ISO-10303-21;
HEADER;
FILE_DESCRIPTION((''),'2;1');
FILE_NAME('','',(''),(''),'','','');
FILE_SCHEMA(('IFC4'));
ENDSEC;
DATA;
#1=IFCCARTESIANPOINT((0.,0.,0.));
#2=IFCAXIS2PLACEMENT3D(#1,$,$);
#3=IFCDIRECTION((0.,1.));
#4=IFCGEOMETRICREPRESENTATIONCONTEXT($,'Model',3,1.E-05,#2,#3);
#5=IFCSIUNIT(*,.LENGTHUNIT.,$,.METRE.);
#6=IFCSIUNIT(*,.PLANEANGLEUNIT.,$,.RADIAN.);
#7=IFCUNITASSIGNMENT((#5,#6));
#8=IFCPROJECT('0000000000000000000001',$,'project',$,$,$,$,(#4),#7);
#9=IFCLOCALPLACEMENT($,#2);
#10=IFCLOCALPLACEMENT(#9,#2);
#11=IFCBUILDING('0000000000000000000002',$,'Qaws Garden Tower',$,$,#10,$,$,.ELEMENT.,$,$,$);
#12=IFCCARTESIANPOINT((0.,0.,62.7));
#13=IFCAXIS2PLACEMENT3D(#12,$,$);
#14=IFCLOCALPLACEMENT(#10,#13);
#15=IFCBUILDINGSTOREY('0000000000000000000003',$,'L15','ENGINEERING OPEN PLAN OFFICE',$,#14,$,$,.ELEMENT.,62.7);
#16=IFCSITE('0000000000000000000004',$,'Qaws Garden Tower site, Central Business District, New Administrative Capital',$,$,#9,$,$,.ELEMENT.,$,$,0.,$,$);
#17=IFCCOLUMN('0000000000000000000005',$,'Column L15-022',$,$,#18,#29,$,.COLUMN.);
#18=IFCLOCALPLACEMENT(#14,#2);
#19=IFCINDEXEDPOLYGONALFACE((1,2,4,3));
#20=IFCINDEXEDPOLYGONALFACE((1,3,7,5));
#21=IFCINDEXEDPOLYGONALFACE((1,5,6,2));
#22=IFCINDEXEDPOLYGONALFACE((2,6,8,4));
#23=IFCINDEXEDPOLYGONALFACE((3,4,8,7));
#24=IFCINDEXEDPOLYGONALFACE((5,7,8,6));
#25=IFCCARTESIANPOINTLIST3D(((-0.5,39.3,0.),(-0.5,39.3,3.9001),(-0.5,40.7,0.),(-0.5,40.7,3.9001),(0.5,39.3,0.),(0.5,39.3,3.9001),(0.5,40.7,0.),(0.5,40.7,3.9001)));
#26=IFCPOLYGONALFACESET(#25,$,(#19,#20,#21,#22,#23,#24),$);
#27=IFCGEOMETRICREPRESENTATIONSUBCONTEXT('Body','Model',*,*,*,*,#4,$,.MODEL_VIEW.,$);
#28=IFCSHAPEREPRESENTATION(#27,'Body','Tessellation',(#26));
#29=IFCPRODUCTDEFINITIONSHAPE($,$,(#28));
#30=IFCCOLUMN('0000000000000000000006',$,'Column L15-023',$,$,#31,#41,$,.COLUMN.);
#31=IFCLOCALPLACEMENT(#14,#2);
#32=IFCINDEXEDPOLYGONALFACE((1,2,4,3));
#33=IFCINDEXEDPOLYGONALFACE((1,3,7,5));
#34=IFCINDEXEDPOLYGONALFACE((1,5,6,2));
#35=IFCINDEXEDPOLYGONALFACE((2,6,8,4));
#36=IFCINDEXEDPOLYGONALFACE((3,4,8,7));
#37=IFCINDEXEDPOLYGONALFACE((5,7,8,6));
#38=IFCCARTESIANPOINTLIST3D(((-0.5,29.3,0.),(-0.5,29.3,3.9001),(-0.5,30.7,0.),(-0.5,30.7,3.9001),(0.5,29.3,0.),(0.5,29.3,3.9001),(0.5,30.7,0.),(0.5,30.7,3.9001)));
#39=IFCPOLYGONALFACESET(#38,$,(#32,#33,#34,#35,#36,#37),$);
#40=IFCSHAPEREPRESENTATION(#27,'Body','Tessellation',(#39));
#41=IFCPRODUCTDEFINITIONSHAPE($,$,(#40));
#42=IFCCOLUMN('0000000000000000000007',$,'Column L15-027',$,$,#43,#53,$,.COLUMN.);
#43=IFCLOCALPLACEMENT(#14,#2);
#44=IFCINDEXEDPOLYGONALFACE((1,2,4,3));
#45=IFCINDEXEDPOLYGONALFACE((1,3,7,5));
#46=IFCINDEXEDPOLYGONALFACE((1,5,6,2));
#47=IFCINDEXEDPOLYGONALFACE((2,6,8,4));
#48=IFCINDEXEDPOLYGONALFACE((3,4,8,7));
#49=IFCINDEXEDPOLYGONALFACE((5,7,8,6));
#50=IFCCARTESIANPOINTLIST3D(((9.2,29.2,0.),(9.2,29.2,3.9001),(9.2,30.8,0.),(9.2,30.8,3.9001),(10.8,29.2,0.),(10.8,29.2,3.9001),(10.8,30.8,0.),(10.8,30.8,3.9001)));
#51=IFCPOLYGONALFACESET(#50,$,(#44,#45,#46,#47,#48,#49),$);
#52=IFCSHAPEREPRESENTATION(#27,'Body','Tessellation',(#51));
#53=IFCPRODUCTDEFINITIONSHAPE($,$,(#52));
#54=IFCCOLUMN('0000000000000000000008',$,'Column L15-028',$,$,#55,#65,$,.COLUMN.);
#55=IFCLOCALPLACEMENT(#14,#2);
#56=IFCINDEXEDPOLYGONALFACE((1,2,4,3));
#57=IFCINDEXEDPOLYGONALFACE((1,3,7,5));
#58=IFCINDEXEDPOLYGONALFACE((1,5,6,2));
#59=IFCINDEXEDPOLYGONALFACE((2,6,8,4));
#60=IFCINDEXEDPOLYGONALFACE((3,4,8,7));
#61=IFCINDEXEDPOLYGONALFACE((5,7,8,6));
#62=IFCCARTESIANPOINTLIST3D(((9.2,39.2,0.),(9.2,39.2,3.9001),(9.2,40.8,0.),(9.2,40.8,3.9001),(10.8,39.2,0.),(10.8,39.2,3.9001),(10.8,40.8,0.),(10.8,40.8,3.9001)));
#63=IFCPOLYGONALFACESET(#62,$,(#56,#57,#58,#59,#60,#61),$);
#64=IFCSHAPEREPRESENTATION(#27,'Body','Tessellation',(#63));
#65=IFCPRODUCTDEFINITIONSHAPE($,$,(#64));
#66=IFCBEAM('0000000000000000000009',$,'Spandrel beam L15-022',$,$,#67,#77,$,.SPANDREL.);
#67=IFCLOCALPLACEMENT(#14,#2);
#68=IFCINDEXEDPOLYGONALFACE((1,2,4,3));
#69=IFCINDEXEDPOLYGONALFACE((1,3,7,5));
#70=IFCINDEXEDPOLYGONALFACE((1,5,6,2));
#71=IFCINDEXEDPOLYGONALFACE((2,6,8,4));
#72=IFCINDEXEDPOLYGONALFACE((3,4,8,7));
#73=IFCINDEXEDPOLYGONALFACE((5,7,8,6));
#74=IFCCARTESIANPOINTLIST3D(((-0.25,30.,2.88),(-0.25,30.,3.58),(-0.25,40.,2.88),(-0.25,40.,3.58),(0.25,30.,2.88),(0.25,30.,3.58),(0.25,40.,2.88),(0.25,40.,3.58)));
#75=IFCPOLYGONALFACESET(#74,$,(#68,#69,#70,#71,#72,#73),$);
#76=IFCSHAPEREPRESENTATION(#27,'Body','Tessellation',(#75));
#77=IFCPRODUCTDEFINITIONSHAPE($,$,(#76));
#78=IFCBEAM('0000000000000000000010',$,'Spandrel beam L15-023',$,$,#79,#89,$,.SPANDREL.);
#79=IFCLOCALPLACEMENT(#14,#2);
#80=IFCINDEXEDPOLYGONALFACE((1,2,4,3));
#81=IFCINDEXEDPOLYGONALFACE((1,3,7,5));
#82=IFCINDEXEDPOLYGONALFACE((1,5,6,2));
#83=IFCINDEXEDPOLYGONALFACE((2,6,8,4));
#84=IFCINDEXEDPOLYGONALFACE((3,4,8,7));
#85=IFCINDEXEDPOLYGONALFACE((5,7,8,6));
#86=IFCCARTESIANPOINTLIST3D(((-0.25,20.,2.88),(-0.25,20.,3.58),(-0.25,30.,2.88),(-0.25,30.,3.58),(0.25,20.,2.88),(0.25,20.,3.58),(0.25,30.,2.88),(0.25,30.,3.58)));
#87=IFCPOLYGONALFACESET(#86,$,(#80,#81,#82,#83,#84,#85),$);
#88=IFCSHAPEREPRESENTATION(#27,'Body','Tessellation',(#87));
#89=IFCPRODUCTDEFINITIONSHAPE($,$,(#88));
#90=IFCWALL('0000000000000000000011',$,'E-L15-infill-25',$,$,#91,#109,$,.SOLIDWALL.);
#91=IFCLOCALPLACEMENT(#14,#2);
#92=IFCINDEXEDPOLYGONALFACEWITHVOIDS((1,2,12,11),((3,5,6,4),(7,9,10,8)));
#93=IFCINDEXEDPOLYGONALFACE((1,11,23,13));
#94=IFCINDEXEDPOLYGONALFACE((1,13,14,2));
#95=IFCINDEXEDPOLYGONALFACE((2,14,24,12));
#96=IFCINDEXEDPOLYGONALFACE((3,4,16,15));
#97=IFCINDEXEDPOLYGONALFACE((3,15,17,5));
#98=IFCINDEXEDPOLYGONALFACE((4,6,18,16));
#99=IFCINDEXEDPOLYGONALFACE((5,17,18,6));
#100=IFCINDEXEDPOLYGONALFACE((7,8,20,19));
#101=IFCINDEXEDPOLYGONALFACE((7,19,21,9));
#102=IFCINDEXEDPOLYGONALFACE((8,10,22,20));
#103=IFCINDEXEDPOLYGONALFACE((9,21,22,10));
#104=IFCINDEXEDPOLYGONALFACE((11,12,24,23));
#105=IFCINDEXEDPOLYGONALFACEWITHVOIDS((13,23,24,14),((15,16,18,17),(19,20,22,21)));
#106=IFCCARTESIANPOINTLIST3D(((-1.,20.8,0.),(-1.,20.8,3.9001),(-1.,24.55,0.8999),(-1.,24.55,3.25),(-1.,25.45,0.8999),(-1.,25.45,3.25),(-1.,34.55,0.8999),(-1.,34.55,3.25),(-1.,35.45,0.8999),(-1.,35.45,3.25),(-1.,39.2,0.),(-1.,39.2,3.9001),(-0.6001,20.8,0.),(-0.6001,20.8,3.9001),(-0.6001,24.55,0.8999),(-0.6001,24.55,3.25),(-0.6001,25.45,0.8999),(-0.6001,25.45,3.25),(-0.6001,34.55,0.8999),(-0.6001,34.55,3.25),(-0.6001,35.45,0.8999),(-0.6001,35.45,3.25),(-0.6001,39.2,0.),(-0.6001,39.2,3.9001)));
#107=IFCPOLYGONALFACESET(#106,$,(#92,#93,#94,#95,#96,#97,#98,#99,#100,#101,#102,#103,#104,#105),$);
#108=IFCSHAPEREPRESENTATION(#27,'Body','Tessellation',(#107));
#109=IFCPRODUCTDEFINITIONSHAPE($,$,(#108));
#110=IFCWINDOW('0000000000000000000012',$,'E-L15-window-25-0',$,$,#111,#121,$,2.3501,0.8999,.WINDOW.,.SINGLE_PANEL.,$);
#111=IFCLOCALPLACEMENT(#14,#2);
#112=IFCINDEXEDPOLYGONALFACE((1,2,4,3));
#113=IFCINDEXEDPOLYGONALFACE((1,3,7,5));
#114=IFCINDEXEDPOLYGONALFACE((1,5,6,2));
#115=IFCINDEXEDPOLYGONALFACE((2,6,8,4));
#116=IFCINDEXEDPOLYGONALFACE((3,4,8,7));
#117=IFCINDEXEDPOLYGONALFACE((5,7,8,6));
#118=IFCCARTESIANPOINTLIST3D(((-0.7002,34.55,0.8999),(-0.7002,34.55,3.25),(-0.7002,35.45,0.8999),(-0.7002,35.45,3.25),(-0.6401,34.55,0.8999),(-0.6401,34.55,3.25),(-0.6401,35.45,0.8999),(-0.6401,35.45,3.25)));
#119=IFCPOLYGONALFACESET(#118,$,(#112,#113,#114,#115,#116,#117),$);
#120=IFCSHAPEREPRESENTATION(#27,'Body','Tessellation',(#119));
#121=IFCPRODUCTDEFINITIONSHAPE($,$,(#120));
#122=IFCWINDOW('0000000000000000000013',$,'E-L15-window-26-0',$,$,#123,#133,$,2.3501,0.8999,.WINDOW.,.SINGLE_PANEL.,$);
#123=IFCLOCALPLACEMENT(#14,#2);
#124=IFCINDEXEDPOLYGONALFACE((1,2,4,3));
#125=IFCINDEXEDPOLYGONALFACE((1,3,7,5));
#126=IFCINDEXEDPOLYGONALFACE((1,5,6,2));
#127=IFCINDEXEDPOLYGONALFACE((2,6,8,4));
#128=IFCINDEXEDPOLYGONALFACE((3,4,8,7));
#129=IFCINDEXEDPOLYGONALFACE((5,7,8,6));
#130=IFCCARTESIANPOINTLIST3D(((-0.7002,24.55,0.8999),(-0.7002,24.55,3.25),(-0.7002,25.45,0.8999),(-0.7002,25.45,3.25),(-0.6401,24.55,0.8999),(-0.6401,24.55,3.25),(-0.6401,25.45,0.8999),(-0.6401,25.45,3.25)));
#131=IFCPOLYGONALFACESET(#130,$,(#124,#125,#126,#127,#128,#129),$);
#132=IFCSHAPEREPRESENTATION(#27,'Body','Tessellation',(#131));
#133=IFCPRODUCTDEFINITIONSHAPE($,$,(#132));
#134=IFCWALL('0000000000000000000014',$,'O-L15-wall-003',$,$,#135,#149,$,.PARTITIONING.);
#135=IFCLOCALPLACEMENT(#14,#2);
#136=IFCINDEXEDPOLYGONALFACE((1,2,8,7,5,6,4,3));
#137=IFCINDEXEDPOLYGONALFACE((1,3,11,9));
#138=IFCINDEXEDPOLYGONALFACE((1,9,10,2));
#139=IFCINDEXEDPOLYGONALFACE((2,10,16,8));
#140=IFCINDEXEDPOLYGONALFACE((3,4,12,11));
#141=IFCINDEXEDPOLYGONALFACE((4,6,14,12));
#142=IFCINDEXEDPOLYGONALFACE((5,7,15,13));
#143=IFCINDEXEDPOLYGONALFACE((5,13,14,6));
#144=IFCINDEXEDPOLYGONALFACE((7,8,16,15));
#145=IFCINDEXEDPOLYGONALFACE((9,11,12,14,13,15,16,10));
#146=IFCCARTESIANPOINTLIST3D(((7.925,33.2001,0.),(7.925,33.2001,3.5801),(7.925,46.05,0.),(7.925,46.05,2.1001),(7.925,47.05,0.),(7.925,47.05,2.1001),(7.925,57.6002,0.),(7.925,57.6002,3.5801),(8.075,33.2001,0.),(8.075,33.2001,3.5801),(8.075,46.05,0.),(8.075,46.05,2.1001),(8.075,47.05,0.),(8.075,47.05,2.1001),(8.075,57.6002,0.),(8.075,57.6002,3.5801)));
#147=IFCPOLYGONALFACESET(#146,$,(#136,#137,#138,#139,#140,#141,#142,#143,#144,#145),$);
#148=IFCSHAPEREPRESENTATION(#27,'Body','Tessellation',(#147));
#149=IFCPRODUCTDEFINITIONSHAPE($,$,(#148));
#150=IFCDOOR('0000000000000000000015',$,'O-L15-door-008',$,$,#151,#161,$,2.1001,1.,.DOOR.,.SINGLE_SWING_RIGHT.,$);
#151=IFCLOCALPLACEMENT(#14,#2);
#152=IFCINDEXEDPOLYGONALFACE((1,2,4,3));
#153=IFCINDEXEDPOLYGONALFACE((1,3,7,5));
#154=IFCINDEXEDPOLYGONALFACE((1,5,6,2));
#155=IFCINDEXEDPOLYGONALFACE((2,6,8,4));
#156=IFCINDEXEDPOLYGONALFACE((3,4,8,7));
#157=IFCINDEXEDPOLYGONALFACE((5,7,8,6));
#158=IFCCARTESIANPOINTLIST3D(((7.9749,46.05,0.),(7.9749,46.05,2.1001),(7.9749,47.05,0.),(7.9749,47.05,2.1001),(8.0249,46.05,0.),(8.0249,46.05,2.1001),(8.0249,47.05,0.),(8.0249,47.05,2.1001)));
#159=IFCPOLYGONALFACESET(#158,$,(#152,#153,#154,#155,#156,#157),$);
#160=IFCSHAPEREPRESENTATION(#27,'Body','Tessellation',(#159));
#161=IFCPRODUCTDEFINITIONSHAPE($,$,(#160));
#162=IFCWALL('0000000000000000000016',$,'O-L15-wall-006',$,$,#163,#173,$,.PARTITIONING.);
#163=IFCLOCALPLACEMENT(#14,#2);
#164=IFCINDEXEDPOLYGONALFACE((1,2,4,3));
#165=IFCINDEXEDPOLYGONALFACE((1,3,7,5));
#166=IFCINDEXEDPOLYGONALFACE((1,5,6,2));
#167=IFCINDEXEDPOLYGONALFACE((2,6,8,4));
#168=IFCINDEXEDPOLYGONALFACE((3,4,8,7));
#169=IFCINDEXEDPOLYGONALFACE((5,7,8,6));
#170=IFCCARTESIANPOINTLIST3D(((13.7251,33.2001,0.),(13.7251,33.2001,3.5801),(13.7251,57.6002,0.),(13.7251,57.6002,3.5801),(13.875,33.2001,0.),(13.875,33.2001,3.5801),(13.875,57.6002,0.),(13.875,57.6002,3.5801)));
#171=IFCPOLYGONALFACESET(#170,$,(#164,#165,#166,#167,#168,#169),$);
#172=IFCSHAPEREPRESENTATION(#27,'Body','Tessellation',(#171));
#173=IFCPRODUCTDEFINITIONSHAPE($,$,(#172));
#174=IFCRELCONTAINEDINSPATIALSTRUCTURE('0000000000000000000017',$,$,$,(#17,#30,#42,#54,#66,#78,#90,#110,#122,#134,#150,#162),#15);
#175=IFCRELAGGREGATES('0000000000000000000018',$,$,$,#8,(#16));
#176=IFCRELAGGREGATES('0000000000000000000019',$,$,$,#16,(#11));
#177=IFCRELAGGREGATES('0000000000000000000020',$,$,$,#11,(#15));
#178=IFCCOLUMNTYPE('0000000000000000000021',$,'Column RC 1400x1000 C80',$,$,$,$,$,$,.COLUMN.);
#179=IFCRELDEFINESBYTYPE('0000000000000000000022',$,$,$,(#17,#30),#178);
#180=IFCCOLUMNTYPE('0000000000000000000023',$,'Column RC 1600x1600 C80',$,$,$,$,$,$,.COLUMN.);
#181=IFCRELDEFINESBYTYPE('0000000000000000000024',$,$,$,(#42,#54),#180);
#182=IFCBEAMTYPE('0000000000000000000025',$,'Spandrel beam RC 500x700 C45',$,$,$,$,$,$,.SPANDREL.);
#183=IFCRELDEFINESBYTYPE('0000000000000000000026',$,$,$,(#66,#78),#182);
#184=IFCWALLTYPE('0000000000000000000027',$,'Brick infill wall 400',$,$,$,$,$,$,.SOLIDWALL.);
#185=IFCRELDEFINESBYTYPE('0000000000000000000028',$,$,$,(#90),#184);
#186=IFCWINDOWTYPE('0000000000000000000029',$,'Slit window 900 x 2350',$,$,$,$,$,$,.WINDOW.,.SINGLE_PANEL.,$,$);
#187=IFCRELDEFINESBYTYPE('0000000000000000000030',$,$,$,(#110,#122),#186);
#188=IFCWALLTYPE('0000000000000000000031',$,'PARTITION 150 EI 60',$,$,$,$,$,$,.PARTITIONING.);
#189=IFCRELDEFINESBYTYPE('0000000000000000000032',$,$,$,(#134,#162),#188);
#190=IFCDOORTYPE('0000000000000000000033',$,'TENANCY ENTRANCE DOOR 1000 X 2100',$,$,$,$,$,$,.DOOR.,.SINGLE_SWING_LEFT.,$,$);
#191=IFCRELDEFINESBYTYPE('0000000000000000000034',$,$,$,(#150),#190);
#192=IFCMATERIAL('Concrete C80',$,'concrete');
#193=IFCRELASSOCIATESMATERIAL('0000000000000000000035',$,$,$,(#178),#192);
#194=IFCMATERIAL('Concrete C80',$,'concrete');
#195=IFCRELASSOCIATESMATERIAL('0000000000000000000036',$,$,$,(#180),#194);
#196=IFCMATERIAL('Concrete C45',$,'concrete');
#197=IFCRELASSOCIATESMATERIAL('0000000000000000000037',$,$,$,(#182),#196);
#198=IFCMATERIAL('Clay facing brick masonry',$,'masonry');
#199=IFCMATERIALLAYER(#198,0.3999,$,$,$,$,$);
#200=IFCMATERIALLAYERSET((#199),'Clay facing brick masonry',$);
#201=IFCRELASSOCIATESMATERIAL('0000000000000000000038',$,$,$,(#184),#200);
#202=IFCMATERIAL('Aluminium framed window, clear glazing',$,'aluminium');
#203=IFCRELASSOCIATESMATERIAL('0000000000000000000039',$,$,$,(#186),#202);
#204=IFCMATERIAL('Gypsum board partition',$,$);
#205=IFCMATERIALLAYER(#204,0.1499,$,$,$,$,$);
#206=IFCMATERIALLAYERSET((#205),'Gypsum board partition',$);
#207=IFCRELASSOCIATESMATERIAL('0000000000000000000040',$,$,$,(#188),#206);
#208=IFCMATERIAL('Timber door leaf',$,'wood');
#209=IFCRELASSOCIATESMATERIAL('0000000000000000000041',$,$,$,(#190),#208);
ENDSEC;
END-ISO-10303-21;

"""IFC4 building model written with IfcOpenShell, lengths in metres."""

from ifc_helpers import new_model, si_unit, direction, frame, frame_2d, origin, origin_2d, place, context, subcontext, project, spatial, rectangle, extrude, material, layer, layer_set, material_profile, profile_set, type_object, element, fill, save


model = new_model("IFC4")

# Units and contexts
model_context = context("Model", 3, precision=1e-05, world=origin(), true_north=direction((0.0, 1.0)))
body_context = subcontext(model_context, "Body", "Model", "MODEL_VIEW")
ifc_project = project(units=[si_unit("LENGTHUNIT", "METRE"), si_unit("PLANEANGLEUNIT", "RADIAN")], contexts=[model_context])

# Site, building, storey
site_placement = place(None, origin())
site = spatial("IfcSite", under=ifc_project, at=site_placement, Name="Qaws Garden Tower site, Central Business District, New Administrative Capital", CompositionType="ELEMENT", RefElevation=0.0)
building_placement = place(site_placement, origin())
building = spatial("IfcBuilding", under=site, at=building_placement, Name="Qaws Garden Tower", CompositionType="ELEMENT")
storey_placement = place(building_placement, frame((0.0, 0.0, 62.7)))
storey = spatial("IfcBuildingStorey", under=building, at=storey_placement, Name="L15", Description="ENGINEERING OPEN PLAN OFFICE", CompositionType="ELEMENT", Elevation=62.7)

# Columns
ifc_material_1 = material(Name="Concrete C80", Category="concrete")
ifc_material_profile_1 = material_profile(ifc_material_1, rectangle(XDim=1.3999, YDim=1.0, at=origin_2d()), Name="RC 1400x1000")
ifc_profile_set_1 = profile_set([ifc_material_profile_1], Name="Concrete C80")
column_type_1 = type_object("IfcColumnType", Name="Column RC 1400x1000 C80", PredefinedType="COLUMN", material=ifc_profile_set_1)
for number, where, z_axis, x_axis, name in (
    (1, (0.0, 40.0, 0.0), (0.0, 0.0, 1.0), (0.0, 1.0, 0.0), "Column L15-022"),
    (2, (0.0, 30.0, 0.0), (0.0, 0.0, 1.0), (0.0, 1.0, 0.0), "Column L15-023"),
):
    element("IfcColumn", number, at=place(storey_placement, frame(where, z_axis=z_axis, x_axis=x_axis)), inside=storey, type_object=column_type_1, Name=name, PredefinedType="COLUMN", context=body_context, shape_type="SweptSolid", body=[
        extrude(rectangle(XDim=1.3999, YDim=1.0, at=origin_2d()), origin(), (0.0, 0.0, 1.0), 3.9001),
    ])
ifc_material_2 = material(Name="Concrete C80", Category="concrete")
ifc_material_profile_2 = material_profile(ifc_material_2, rectangle(XDim=1.6001, YDim=1.6001, at=origin_2d()), Name="RC 1600x1600")
ifc_profile_set_2 = profile_set([ifc_material_profile_2], Name="Concrete C80")
column_type_2 = type_object("IfcColumnType", Name="Column RC 1600x1600 C80", PredefinedType="COLUMN", material=ifc_profile_set_2)
for number, where, z_axis, x_axis, name in (
    (3, (10.0, 30.0, 0.0), (0.0, 0.0, 1.0), (1.0, 0.0, 0.0), "Column L15-027"),
    (4, (10.0, 40.0, 0.0), (0.0, 0.0, 1.0), (1.0, 0.0, 0.0), "Column L15-028"),
):
    element("IfcColumn", number, at=place(storey_placement, frame(where, z_axis=z_axis, x_axis=x_axis)), inside=storey, type_object=column_type_2, Name=name, PredefinedType="COLUMN", context=body_context, shape_type="SweptSolid", body=[
        extrude(rectangle(XDim=1.6001, YDim=1.6001, at=origin_2d()), origin(), (0.0, 0.0, 1.0), 3.9001),
    ])

# Beams
ifc_material_3 = material(Name="Concrete C45", Category="concrete")
ifc_material_profile_3 = material_profile(ifc_material_3, rectangle(XDim=0.5, YDim=0.7, at=origin_2d()), Name="RC 500x700")
ifc_profile_set_3 = profile_set([ifc_material_profile_3], Name="Concrete C45")
beam_type = type_object("IfcBeamType", Name="Spandrel beam RC 500x700 C45", PredefinedType="SPANDREL", material=ifc_profile_set_3)
for number, where, z_axis, x_axis, name in (
    (5, (0.0, 40.0, 3.23), (0.0, -1.0, 0.0), (1.0, 0.0, 0.0), "Spandrel beam L15-022"),
    (6, (0.0, 30.0, 3.23), (0.0, -1.0, 0.0), (1.0, 0.0, 0.0), "Spandrel beam L15-023"),
):
    element("IfcBeam", number, at=place(storey_placement, frame(where, z_axis=z_axis, x_axis=x_axis)), inside=storey, type_object=beam_type, Name=name, PredefinedType="SPANDREL", context=body_context, shape_type="SweptSolid", body=[
        extrude(rectangle(XDim=0.5, YDim=0.7, at=origin_2d()), origin(), (0.0, 0.0, 1.0), 10.0),
    ])

# Wall, openings, windows
ifc_material_4 = material(Name="Clay facing brick masonry", Category="masonry")
ifc_layer_1 = layer(ifc_material_4, 0.3999)
ifc_layer_set_1 = layer_set([ifc_layer_1], Name="Clay facing brick masonry")
wall_type_1 = type_object("IfcWallType", Name="Brick infill wall 400", PredefinedType="SOLIDWALL", material=ifc_layer_set_1)
wall_1_placement = place(storey_placement, frame((-0.8, 39.2, 0.0), z_axis=(0.0, 0.0, 1.0), x_axis=(0.0, -1.0, 0.0)))
wall_1 = element("IfcWall", 7, at=wall_1_placement, inside=storey, type_object=wall_type_1, Name="E-L15-infill-25", PredefinedType="SOLIDWALL", context=body_context, shape_type="SweptSolid", body=[
    extrude(rectangle(XDim=18.3999, YDim=0.3999, at=frame_2d((9.2, 0.0))), origin(), (0.0, 0.0, 1.0), 3.9001),
])
opening_1_placement = place(wall_1_placement, frame((3.75, 0.0, 0.8999)))
opening_1 = element("IfcOpeningElement", 8, at=opening_1_placement, cuts=wall_1, PredefinedType="OPENING", context=body_context, shape_type="SweptSolid", body=[
    extrude(rectangle(XDim=0.8999, YDim=2.3501, at=frame_2d((0.45, 1.175))), frame((0.0, 0.21, 0.0), z_axis=(0.0, -1.0, 0.0), x_axis=(1.0, 0.0, 0.0)), (0.0, 0.0, 1.0), 0.4199),
])
opening_2_placement = place(wall_1_placement, frame((13.75, 0.0, 0.8999)))
opening_2 = element("IfcOpeningElement", 9, at=opening_2_placement, cuts=wall_1, PredefinedType="OPENING", context=body_context, shape_type="SweptSolid", body=[
    extrude(rectangle(XDim=0.8999, YDim=2.3501, at=frame_2d((0.45, 1.175))), frame((0.0, 0.21, 0.0), z_axis=(0.0, -1.0, 0.0), x_axis=(1.0, 0.0, 0.0)), (0.0, 0.0, 1.0), 0.4199),
])
ifc_material_5 = material(Name="Aluminium framed window, clear glazing", Category="aluminium")
window_type = type_object("IfcWindowType", Name="Slit window 900 x 2350", PartitioningType="SINGLE_PANEL", PredefinedType="WINDOW", material=ifc_material_5)
window_1_placement = place(opening_1_placement, origin())
window_1 = element("IfcWindow", 10, at=window_1_placement, inside=storey, type_object=window_type, Name="E-L15-window-25-0", OverallHeight=2.3501, OverallWidth=0.8999, PartitioningType="SINGLE_PANEL", PredefinedType="WINDOW", context=body_context, shape_type="SweptSolid", body=[
    extrude(rectangle(XDim=0.8999, YDim=2.3501, at=frame_2d((0.45, 1.175))), frame((0.0, 0.1599, 0.0), z_axis=(0.0, -1.0, 0.0), x_axis=(1.0, 0.0, 0.0)), (0.0, 0.0, 1.0), 0.0601),
])
fill(opening_1, window_1)
window_2_placement = place(opening_2_placement, origin())
window_2 = element("IfcWindow", 11, at=window_2_placement, inside=storey, type_object=window_type, Name="E-L15-window-26-0", OverallHeight=2.3501, OverallWidth=0.8999, PartitioningType="SINGLE_PANEL", PredefinedType="WINDOW", context=body_context, shape_type="SweptSolid", body=[
    extrude(rectangle(XDim=0.8999, YDim=2.3501, at=frame_2d((0.45, 1.175))), frame((0.0, 0.1599, 0.0), z_axis=(0.0, -1.0, 0.0), x_axis=(1.0, 0.0, 0.0)), (0.0, 0.0, 1.0), 0.0601),
])
fill(opening_2, window_2)

# Wall, opening, door
ifc_material_6 = material(Name="Gypsum board partition")
ifc_layer_2 = layer(ifc_material_6, 0.1499)
ifc_layer_set_2 = layer_set([ifc_layer_2], Name="Gypsum board partition")
wall_type_2 = type_object("IfcWallType", Name="PARTITION 150 EI 60", PredefinedType="PARTITIONING", material=ifc_layer_set_2)
wall_2_placement = place(storey_placement, frame((8.0, 33.2, 0.0), z_axis=(0.0, 0.0, 1.0), x_axis=(0.0, 1.0, 0.0)))
wall_2 = element("IfcWall", 12, at=wall_2_placement, inside=storey, type_object=wall_type_2, Name="O-L15-wall-003", PredefinedType="PARTITIONING", context=body_context, shape_type="SweptSolid", body=[
    extrude(rectangle(XDim=24.4001, YDim=0.1499, at=frame_2d((12.2002, 0.0))), origin(), (0.0, 0.0, 1.0), 3.5801),
])
opening_3_placement = place(wall_2_placement, frame((12.8501, 0.0, 0.0)))
opening_3 = element("IfcOpeningElement", 13, at=opening_3_placement, cuts=wall_2, PredefinedType="OPENING", context=body_context, shape_type="SweptSolid", body=[
    extrude(rectangle(XDim=1.0, YDim=2.1001, at=frame_2d((0.5, 1.05))), frame((0.0, 0.085, 0.0), z_axis=(0.0, -1.0, 0.0), x_axis=(1.0, 0.0, 0.0)), (0.0, 0.0, 1.0), 0.1699),
])
ifc_material_7 = material(Name="Timber door leaf", Category="wood")
door_type_1 = type_object("IfcDoorType", Name="TENANCY ENTRANCE DOOR 1000 X 2100", OperationType="SINGLE_SWING_LEFT", PredefinedType="DOOR", material=ifc_material_7)
door_1_placement = place(opening_3_placement, frame((1.0, 0.0, 0.0), z_axis=(0.0, 0.0, 1.0), x_axis=(-1.0, 0.0, 0.0)))
door_1 = element("IfcDoor", 14, at=door_1_placement, inside=storey, type_object=door_type_1, Name="O-L15-door-008", OperationType="SINGLE_SWING_RIGHT", OverallHeight=2.1001, OverallWidth=1.0, PredefinedType="DOOR", context=body_context, shape_type="SweptSolid", body=[
    extrude(rectangle(XDim=1.0, YDim=2.1001, at=frame_2d((0.5, 1.05))), frame((0.0, 0.0249, 0.0), z_axis=(0.0, -1.0, 0.0), x_axis=(1.0, 0.0, 0.0)), (0.0, 0.0, 1.0), 0.05),
])
fill(opening_3, door_1)

# Wall
wall_3_placement = place(storey_placement, frame((13.8, 33.2, 0.0), z_axis=(0.0, 0.0, 1.0), x_axis=(0.0, 1.0, 0.0)))
element("IfcWall", 15, at=wall_3_placement, inside=storey, type_object=wall_type_2, Name="O-L15-wall-006", PredefinedType="PARTITIONING", context=body_context, shape_type="SweptSolid", body=[
    extrude(rectangle(XDim=24.4001, YDim=0.1499, at=frame_2d((12.2002, 0.0))), origin(), (0.0, 0.0, 1.0), 3.5801),
])

save(model, "model.ifc")
